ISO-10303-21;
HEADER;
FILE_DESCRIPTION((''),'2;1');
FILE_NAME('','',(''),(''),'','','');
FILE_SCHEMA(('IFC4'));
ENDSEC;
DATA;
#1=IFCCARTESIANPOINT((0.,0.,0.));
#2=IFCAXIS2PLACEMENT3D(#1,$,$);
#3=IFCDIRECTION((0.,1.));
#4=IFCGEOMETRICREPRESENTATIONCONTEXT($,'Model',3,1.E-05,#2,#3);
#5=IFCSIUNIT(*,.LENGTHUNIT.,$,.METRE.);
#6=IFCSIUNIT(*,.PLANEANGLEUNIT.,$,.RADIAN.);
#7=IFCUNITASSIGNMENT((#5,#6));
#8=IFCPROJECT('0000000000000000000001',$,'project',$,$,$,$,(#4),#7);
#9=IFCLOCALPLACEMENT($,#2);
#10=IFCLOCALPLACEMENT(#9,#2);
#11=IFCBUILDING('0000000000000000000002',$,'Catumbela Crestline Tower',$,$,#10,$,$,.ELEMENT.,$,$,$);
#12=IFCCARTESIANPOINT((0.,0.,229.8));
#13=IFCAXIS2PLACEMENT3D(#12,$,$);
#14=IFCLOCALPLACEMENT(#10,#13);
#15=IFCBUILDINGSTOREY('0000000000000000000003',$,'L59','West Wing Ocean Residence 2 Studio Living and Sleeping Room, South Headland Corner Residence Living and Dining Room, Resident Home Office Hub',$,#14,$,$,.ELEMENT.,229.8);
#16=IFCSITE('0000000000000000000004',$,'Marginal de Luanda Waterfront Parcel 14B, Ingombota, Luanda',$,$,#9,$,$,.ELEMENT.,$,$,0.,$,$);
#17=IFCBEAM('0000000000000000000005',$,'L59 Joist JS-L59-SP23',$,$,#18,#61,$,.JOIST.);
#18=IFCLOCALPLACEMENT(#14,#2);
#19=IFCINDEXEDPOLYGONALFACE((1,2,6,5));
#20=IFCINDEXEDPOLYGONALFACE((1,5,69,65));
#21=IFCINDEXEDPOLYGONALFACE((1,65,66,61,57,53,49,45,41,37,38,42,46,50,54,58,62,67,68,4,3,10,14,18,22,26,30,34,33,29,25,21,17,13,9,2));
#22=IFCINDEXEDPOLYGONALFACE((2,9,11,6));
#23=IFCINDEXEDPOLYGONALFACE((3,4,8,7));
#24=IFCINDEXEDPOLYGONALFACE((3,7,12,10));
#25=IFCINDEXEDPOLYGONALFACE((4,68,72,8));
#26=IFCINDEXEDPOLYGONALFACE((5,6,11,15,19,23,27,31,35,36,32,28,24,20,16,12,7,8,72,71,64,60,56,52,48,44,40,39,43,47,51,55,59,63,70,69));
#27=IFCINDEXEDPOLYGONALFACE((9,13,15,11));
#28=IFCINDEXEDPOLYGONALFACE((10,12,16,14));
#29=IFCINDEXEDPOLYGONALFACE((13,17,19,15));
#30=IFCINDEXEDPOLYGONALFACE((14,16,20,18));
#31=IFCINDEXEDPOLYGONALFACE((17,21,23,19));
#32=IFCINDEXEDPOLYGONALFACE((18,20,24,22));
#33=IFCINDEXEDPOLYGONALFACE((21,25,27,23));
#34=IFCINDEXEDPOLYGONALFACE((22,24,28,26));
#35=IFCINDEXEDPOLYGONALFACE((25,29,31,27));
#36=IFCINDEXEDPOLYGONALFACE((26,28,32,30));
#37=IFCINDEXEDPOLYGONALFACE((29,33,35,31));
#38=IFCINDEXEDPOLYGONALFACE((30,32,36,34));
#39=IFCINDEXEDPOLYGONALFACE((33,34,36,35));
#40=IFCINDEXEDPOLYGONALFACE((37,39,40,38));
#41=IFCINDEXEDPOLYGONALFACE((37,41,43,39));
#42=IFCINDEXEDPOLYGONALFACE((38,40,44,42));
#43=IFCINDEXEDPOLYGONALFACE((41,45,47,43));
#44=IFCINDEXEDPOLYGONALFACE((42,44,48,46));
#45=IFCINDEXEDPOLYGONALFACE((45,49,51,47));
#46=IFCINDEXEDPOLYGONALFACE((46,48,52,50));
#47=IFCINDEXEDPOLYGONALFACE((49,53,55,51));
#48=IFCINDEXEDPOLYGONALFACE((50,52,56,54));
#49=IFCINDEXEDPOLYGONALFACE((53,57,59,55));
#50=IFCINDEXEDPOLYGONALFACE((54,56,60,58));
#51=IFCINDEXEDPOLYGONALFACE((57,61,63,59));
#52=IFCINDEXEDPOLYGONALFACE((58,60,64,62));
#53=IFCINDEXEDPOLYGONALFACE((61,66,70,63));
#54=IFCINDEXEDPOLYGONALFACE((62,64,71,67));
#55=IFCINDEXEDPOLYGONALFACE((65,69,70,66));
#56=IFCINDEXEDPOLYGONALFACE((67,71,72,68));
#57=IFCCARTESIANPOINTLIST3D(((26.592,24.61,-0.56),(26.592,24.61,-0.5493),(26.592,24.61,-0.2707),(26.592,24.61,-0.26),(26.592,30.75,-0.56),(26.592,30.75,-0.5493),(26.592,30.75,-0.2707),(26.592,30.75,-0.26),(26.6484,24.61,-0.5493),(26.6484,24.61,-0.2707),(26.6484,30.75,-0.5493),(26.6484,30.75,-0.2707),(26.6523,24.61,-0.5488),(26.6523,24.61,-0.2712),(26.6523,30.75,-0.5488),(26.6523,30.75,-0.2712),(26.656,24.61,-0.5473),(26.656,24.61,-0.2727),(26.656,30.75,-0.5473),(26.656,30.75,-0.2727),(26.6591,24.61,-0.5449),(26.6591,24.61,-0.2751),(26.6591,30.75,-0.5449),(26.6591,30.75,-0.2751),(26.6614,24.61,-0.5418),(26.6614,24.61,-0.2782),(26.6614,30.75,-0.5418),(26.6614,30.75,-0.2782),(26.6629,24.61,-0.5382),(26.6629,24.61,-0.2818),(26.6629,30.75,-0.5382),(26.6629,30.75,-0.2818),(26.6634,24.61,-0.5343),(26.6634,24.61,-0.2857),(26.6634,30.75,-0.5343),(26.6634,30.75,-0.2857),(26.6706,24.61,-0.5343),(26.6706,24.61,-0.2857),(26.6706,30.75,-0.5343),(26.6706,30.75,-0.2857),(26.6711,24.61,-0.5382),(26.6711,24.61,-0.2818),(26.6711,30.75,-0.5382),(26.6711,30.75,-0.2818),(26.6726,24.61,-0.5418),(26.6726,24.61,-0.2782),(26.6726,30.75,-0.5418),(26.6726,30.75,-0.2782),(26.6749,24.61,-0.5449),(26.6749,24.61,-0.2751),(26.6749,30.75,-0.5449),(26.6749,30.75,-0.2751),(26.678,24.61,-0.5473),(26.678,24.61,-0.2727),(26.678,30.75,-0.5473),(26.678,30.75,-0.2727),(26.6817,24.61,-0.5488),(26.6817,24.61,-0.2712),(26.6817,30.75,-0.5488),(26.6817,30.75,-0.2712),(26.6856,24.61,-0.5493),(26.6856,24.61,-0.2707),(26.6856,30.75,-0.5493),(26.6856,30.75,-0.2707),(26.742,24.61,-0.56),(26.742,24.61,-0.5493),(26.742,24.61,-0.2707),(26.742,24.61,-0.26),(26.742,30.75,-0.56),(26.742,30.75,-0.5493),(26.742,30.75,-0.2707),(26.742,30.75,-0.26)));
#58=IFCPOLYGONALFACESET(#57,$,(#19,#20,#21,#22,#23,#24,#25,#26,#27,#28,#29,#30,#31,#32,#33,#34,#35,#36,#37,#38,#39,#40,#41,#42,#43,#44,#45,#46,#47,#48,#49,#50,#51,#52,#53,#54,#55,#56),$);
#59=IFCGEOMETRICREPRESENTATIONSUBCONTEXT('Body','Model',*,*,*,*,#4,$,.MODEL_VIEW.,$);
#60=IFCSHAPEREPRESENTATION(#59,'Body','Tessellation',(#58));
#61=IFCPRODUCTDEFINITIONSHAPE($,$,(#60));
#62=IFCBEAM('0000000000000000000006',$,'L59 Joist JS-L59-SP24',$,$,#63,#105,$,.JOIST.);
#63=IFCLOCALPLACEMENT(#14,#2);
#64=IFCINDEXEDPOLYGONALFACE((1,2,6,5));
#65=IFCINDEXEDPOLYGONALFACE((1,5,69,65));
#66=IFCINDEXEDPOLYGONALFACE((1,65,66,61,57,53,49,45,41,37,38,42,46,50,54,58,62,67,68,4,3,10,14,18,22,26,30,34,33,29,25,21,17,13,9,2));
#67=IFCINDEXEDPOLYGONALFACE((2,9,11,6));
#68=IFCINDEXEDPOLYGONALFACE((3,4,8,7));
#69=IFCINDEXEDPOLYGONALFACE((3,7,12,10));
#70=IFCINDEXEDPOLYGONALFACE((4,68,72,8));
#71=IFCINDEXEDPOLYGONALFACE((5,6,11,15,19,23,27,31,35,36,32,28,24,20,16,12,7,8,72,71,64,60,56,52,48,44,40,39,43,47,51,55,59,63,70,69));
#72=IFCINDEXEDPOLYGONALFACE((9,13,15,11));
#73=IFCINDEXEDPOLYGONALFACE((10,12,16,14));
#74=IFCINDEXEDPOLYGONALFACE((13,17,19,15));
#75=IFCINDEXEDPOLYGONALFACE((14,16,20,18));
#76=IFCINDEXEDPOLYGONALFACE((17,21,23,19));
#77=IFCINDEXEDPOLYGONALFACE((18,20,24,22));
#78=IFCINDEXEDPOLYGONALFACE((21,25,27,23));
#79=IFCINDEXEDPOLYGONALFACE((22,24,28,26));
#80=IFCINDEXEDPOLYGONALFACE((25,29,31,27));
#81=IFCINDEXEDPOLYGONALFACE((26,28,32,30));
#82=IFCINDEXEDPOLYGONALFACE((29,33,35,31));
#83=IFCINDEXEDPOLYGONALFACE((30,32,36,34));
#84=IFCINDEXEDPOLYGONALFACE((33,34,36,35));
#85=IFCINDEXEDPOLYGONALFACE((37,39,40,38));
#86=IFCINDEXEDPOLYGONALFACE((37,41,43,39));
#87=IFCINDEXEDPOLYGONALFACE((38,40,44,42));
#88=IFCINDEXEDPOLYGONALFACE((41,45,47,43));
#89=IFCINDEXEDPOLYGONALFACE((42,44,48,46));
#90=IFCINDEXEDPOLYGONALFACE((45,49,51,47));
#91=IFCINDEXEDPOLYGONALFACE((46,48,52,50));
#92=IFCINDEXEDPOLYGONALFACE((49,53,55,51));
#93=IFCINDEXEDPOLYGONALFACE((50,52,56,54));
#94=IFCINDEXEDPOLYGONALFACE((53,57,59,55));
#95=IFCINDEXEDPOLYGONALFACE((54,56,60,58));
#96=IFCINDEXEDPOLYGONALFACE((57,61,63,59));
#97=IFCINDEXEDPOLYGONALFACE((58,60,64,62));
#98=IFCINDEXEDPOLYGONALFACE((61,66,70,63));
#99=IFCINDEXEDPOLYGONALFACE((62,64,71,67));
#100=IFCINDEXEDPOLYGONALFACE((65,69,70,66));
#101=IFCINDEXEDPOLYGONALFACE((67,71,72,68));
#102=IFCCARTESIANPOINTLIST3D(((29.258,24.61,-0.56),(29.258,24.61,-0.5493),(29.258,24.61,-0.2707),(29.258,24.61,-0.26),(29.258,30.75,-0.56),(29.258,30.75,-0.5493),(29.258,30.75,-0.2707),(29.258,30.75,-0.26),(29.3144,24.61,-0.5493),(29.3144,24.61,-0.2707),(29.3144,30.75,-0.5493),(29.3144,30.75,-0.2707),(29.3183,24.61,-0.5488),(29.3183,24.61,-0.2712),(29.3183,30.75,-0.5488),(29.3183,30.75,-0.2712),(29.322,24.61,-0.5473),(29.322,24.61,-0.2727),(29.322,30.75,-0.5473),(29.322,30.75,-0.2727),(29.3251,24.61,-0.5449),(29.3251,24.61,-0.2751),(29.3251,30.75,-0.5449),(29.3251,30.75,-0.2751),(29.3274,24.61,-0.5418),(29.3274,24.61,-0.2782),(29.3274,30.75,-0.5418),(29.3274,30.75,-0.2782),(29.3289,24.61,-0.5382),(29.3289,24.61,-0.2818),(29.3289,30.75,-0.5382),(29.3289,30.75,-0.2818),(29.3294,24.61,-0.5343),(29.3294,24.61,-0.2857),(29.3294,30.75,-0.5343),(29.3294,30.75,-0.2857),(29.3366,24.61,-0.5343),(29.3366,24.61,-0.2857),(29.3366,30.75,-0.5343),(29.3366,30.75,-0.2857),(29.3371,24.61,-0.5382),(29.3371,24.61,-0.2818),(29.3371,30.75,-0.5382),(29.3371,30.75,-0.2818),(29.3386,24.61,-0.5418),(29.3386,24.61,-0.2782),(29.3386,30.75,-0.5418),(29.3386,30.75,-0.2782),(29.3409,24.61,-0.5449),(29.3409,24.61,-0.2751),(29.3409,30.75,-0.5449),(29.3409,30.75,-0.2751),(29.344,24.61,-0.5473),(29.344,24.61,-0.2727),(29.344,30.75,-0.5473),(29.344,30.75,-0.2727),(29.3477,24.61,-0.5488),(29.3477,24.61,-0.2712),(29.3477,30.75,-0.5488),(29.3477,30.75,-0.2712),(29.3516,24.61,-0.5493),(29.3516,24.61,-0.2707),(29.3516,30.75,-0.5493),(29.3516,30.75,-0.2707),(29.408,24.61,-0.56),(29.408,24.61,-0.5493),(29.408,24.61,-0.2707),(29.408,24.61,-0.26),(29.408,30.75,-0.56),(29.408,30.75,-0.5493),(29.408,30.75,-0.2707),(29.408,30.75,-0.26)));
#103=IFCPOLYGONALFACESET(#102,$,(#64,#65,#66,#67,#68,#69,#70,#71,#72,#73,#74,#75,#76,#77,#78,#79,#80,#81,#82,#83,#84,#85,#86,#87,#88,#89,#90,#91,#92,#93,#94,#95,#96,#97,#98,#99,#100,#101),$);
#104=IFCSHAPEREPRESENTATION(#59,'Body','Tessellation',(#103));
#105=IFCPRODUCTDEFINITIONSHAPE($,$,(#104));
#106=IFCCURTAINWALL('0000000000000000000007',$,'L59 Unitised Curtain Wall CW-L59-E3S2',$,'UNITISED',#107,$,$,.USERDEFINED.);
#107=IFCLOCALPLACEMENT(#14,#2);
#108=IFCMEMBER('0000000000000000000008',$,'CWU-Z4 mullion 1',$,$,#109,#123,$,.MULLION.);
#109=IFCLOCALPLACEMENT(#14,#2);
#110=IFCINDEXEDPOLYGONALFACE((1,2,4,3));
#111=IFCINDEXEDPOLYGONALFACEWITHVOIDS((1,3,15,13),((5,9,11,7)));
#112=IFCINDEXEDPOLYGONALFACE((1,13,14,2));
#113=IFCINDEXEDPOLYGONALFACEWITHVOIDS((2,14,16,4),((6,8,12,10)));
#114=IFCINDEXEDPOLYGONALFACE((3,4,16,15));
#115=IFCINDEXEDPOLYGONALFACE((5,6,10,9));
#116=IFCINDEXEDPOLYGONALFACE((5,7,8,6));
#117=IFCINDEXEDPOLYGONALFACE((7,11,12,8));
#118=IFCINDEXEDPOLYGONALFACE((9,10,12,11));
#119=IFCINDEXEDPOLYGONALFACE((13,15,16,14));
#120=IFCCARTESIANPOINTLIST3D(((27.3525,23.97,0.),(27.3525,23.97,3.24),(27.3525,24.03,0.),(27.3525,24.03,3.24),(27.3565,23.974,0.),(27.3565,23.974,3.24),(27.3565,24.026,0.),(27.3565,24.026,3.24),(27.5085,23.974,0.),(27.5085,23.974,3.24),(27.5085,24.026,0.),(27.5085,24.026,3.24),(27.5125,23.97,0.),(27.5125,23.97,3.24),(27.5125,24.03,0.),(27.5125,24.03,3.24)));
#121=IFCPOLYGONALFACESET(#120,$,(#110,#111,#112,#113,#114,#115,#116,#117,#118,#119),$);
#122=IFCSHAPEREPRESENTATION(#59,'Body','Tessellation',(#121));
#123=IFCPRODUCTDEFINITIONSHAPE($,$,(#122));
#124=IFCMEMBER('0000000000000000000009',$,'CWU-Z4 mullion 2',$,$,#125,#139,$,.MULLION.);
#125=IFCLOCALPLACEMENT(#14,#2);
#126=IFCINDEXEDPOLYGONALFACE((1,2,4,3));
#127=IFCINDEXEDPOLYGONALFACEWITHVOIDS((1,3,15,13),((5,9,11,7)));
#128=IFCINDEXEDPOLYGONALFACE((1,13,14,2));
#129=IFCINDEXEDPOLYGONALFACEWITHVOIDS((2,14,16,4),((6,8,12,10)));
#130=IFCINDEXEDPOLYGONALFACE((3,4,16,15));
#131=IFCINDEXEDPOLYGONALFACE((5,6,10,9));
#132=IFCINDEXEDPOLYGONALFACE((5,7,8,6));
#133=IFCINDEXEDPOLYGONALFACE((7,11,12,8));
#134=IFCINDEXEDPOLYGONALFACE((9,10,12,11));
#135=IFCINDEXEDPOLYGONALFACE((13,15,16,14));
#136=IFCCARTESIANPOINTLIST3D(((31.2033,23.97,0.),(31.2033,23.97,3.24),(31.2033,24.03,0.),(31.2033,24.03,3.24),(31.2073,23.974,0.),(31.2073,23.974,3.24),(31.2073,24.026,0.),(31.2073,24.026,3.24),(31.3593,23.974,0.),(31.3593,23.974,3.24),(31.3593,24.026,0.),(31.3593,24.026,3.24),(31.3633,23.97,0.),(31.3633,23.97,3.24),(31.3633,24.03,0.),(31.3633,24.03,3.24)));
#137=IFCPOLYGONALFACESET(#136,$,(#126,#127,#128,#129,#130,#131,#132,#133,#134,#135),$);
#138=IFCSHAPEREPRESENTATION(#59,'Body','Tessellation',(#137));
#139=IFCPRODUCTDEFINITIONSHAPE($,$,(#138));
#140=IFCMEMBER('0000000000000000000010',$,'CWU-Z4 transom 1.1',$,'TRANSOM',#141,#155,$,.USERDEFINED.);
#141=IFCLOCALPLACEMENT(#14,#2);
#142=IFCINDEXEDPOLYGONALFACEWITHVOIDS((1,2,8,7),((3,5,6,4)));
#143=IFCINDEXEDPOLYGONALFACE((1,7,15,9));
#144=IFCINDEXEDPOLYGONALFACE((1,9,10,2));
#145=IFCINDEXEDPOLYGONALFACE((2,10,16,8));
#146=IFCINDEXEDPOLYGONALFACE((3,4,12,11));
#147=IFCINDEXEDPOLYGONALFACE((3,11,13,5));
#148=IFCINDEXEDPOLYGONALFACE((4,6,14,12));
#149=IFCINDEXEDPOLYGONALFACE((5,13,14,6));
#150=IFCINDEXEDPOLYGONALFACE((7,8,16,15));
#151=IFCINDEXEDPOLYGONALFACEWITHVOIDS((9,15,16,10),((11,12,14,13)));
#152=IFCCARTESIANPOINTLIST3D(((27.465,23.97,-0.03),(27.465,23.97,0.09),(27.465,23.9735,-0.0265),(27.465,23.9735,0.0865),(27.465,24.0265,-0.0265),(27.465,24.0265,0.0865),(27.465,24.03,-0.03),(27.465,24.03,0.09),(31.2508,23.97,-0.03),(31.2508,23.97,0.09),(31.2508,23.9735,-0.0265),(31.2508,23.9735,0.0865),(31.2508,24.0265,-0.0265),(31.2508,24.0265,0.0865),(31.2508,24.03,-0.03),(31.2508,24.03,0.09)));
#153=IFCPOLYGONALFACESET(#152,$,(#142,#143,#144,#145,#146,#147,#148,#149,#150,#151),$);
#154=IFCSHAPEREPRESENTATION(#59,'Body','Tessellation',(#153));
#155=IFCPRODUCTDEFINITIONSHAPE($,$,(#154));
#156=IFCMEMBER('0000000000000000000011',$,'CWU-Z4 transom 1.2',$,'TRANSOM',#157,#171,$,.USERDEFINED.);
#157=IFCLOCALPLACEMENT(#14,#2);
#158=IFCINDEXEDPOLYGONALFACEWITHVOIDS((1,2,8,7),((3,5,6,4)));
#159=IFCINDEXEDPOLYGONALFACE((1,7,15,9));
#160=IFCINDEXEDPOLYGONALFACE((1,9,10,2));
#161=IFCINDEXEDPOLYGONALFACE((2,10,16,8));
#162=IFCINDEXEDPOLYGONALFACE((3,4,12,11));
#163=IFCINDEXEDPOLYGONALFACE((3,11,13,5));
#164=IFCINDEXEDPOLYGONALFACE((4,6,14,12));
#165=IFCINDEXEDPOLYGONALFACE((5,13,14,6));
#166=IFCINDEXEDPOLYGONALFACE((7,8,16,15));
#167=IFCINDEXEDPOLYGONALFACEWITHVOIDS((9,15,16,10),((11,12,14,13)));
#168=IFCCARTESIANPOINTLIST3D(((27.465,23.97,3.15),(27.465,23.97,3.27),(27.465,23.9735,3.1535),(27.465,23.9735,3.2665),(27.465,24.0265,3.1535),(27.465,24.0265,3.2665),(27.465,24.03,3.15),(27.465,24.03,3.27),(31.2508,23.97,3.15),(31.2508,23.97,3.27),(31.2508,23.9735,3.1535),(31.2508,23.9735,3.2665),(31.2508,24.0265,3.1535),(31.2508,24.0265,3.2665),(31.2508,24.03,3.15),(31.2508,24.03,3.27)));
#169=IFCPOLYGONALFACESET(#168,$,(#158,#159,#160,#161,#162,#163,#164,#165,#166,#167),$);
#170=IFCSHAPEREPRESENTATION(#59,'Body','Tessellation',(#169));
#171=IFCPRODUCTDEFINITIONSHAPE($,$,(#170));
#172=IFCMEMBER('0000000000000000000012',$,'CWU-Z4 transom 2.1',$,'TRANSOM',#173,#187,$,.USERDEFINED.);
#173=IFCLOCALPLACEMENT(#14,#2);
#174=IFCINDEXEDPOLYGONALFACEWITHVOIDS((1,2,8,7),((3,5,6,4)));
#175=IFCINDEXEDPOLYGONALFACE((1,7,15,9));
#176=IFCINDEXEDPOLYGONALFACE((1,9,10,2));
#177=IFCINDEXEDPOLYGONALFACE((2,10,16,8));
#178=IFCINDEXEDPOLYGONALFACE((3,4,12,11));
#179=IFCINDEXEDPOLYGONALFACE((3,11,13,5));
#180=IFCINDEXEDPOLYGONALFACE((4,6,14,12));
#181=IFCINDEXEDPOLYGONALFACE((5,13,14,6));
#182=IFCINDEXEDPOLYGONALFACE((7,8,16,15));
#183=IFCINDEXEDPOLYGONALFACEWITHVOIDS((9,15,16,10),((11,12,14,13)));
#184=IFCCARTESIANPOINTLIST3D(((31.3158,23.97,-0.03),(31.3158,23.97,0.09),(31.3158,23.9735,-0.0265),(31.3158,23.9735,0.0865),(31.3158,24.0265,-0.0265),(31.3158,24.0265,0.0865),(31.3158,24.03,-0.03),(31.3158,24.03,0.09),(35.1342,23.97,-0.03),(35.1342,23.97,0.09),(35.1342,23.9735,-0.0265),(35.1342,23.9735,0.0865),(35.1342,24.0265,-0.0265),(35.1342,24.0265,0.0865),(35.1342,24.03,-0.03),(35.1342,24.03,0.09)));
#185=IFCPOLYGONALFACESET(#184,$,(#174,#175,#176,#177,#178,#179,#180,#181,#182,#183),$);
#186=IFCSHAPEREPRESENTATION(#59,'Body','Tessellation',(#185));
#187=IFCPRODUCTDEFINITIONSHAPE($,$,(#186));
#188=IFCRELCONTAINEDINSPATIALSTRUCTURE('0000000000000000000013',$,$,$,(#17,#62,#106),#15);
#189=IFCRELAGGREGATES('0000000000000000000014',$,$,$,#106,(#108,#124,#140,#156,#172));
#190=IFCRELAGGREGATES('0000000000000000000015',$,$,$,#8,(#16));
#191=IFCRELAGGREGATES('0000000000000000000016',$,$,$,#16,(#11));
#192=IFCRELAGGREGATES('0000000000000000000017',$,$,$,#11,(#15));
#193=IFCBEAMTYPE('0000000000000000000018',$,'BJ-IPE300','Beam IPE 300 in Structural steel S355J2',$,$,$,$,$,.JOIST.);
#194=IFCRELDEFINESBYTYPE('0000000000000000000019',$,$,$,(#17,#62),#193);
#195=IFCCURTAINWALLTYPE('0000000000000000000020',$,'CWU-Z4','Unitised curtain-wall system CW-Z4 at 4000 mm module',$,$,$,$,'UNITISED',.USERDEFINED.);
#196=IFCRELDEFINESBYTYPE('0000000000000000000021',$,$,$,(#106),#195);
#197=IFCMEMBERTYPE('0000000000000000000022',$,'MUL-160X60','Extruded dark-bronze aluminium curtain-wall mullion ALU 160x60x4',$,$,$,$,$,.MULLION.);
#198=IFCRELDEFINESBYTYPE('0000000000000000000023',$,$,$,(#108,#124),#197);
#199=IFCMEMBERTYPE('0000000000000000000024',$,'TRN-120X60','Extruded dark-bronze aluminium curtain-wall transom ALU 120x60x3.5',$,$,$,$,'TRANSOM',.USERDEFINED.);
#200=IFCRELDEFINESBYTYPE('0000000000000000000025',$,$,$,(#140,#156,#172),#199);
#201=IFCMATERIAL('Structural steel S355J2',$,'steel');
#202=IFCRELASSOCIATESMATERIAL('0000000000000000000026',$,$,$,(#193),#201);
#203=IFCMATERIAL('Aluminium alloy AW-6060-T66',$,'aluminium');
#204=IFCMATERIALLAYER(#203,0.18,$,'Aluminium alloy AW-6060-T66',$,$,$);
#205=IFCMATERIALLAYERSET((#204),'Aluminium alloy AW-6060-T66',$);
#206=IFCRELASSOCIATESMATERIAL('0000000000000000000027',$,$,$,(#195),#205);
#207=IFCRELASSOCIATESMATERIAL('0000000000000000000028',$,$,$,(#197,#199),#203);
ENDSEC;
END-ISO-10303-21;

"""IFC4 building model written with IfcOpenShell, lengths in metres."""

from ifc_helpers import new_model, si_unit, direction, frame, origin, origin_2d, place, context, subcontext, project, spatial, hollow_rectangle, i_section, extrude, material, layer, layer_set, material_profile, profile_set, type_object, element, aggregate, save


model = new_model("IFC4")

# Units and contexts
model_context = context("Model", 3, precision=1e-05, world=origin(), true_north=direction((0.0, 1.0)))
body_context = subcontext(model_context, "Body", "Model", "MODEL_VIEW")
ifc_project = project(units=[si_unit("LENGTHUNIT", "METRE"), si_unit("PLANEANGLEUNIT", "RADIAN")], contexts=[model_context])

# Site, building, storey
site_placement = place(None, origin())
site = spatial("IfcSite", under=ifc_project, at=site_placement, Name="Marginal de Luanda Waterfront Parcel 14B, Ingombota, Luanda", CompositionType="ELEMENT", RefElevation=0.0)
building_placement = place(site_placement, origin())
building = spatial("IfcBuilding", under=site, at=building_placement, Name="Catumbela Crestline Tower", CompositionType="ELEMENT")
storey_placement = place(building_placement, frame((0.0, 0.0, 229.8)))
storey = spatial("IfcBuildingStorey", under=building, at=storey_placement, Name="L59", Description="West Wing Ocean Residence 2 Studio Living and Sleeping Room, South Headland Corner Residence Living and Dining Room, Resident Home Office Hub", CompositionType="ELEMENT", Elevation=229.8)

# Beams
ifc_material_1 = material(Name="Structural steel S355J2", Category="steel")
ifc_material_profile_1 = material_profile(ifc_material_1, i_section(OverallWidth=0.15, OverallDepth=0.3, WebThickness=0.0071, FlangeThickness=0.0107, FilletRadius=0.015, at=origin_2d()), Name="IPE 300")
ifc_profile_set_1 = profile_set([ifc_material_profile_1], Name="Structural steel S355J2")
beam_type = type_object("IfcBeamType", Name="BJ-IPE300", Description="Beam IPE 300 in Structural steel S355J2", PredefinedType="JOIST", material=ifc_profile_set_1)
for number, where, z_axis, x_axis, name in (
    (1, (26.667, 24.61, -0.41), (0.0, 1.0, 0.0), (-1.0, 0.0, 0.0), "L59 Joist JS-L59-SP23"),
    (2, (29.333, 24.61, -0.41), (0.0, 1.0, 0.0), (-1.0, 0.0, 0.0), "L59 Joist JS-L59-SP24"),
):
    element("IfcBeam", number, at=place(storey_placement, frame(where, z_axis=z_axis, x_axis=x_axis)), inside=storey, type_object=beam_type, Name=name, PredefinedType="JOIST", context=body_context, shape_type="SweptSolid", body=[
        extrude(i_section(OverallWidth=0.15, OverallDepth=0.3, WebThickness=0.0071, FlangeThickness=0.0107, FilletRadius=0.015, at=origin_2d()), origin(), (0.0, 0.0, 1.0), 6.14),
    ])

# Curtain wall, members
ifc_material_2 = material(Name="Aluminium alloy AW-6060-T66", Category="aluminium")
ifc_layer_1 = layer(ifc_material_2, 0.18, Name="Aluminium alloy AW-6060-T66")
ifc_layer_set_1 = layer_set([ifc_layer_1], Name="Aluminium alloy AW-6060-T66")
curtain_wall_type = type_object("IfcCurtainWallType", Name="CWU-Z4", Description="Unitised curtain-wall system CW-Z4 at 4000 mm module", ElementType="UNITISED", PredefinedType="USERDEFINED", material=ifc_layer_set_1)
curtain_wall_placement = place(storey_placement, origin())
curtain_wall = element("IfcCurtainWall", 3, at=curtain_wall_placement, inside=storey, type_object=curtain_wall_type, Name="L59 Unitised Curtain Wall CW-L59-E3S2", ObjectType="UNITISED", PredefinedType="USERDEFINED")
ifc_material_profile_2 = material_profile(ifc_material_2, hollow_rectangle(XDim=0.06, YDim=0.16, WallThickness=0.004, at=origin_2d()), Name="ALU 160x60x4")
ifc_profile_set_2 = profile_set([ifc_material_profile_2], Name="Aluminium alloy AW-6060-T66")
member_type_1 = type_object("IfcMemberType", Name="MUL-160X60", Description="Extruded dark-bronze aluminium curtain-wall mullion ALU 160x60x4", PredefinedType="MULLION", material=ifc_profile_set_2)
member_1_placement = place(storey_placement, frame((27.4325, 24.0, 0.0), z_axis=(0.0, 0.0, 1.0), x_axis=(0.0, 1.0, 0.0)))
member_1 = element("IfcMember", 4, at=member_1_placement, type_object=member_type_1, Name="CWU-Z4 mullion 1", PredefinedType="MULLION", context=body_context, shape_type="SweptSolid", body=[
    extrude(hollow_rectangle(XDim=0.06, YDim=0.16, WallThickness=0.004, at=origin_2d()), origin(), (0.0, 0.0, 1.0), 3.24),
])
member_2_placement = place(storey_placement, frame((31.2833, 24.0, 0.0), z_axis=(0.0, 0.0, 1.0), x_axis=(0.0, 1.0, 0.0)))
member_2 = element("IfcMember", 5, at=member_2_placement, type_object=member_type_1, Name="CWU-Z4 mullion 2", PredefinedType="MULLION", context=body_context, shape_type="SweptSolid", body=[
    extrude(hollow_rectangle(XDim=0.06, YDim=0.16, WallThickness=0.004, at=origin_2d()), origin(), (0.0, 0.0, 1.0), 3.24),
])
ifc_material_profile_3 = material_profile(ifc_material_2, hollow_rectangle(XDim=0.06, YDim=0.12, WallThickness=0.0035, at=origin_2d()), Name="ALU 120x60x3.5")
ifc_profile_set_3 = profile_set([ifc_material_profile_3], Name="Aluminium alloy AW-6060-T66")
member_type_2 = type_object("IfcMemberType", Name="TRN-120X60", Description="Extruded dark-bronze aluminium curtain-wall transom ALU 120x60x3.5", ElementType="TRANSOM", PredefinedType="USERDEFINED", material=ifc_profile_set_3)
member_3_placement = place(storey_placement, frame((27.465, 24.0, 0.03), z_axis=(1.0, 0.0, 0.0), x_axis=(0.0, 1.0, 0.0)))
member_3 = element("IfcMember", 6, at=member_3_placement, type_object=member_type_2, Name="CWU-Z4 transom 1.1", ObjectType="TRANSOM", PredefinedType="USERDEFINED", context=body_context, shape_type="SweptSolid", body=[
    extrude(hollow_rectangle(XDim=0.06, YDim=0.12, WallThickness=0.0035, at=origin_2d()), origin(), (0.0, 0.0, 1.0), 3.7858),
])
member_4_placement = place(storey_placement, frame((27.465, 24.0, 3.21), z_axis=(1.0, 0.0, 0.0), x_axis=(0.0, 1.0, 0.0)))
member_4 = element("IfcMember", 7, at=member_4_placement, type_object=member_type_2, Name="CWU-Z4 transom 1.2", ObjectType="TRANSOM", PredefinedType="USERDEFINED", context=body_context, shape_type="SweptSolid", body=[
    extrude(hollow_rectangle(XDim=0.06, YDim=0.12, WallThickness=0.0035, at=origin_2d()), origin(), (0.0, 0.0, 1.0), 3.7858),
])
member_5_placement = place(storey_placement, frame((31.3158, 24.0, 0.03), z_axis=(1.0, 0.0, 0.0), x_axis=(0.0, 1.0, 0.0)))
member_5 = element("IfcMember", 8, at=member_5_placement, type_object=member_type_2, Name="CWU-Z4 transom 2.1", ObjectType="TRANSOM", PredefinedType="USERDEFINED", context=body_context, shape_type="SweptSolid", body=[
    extrude(hollow_rectangle(XDim=0.06, YDim=0.12, WallThickness=0.0035, at=origin_2d()), origin(), (0.0, 0.0, 1.0), 3.8184),
])
aggregate(curtain_wall, [member_1, member_2, member_3, member_4, member_5])

save(model, "model.ifc")
